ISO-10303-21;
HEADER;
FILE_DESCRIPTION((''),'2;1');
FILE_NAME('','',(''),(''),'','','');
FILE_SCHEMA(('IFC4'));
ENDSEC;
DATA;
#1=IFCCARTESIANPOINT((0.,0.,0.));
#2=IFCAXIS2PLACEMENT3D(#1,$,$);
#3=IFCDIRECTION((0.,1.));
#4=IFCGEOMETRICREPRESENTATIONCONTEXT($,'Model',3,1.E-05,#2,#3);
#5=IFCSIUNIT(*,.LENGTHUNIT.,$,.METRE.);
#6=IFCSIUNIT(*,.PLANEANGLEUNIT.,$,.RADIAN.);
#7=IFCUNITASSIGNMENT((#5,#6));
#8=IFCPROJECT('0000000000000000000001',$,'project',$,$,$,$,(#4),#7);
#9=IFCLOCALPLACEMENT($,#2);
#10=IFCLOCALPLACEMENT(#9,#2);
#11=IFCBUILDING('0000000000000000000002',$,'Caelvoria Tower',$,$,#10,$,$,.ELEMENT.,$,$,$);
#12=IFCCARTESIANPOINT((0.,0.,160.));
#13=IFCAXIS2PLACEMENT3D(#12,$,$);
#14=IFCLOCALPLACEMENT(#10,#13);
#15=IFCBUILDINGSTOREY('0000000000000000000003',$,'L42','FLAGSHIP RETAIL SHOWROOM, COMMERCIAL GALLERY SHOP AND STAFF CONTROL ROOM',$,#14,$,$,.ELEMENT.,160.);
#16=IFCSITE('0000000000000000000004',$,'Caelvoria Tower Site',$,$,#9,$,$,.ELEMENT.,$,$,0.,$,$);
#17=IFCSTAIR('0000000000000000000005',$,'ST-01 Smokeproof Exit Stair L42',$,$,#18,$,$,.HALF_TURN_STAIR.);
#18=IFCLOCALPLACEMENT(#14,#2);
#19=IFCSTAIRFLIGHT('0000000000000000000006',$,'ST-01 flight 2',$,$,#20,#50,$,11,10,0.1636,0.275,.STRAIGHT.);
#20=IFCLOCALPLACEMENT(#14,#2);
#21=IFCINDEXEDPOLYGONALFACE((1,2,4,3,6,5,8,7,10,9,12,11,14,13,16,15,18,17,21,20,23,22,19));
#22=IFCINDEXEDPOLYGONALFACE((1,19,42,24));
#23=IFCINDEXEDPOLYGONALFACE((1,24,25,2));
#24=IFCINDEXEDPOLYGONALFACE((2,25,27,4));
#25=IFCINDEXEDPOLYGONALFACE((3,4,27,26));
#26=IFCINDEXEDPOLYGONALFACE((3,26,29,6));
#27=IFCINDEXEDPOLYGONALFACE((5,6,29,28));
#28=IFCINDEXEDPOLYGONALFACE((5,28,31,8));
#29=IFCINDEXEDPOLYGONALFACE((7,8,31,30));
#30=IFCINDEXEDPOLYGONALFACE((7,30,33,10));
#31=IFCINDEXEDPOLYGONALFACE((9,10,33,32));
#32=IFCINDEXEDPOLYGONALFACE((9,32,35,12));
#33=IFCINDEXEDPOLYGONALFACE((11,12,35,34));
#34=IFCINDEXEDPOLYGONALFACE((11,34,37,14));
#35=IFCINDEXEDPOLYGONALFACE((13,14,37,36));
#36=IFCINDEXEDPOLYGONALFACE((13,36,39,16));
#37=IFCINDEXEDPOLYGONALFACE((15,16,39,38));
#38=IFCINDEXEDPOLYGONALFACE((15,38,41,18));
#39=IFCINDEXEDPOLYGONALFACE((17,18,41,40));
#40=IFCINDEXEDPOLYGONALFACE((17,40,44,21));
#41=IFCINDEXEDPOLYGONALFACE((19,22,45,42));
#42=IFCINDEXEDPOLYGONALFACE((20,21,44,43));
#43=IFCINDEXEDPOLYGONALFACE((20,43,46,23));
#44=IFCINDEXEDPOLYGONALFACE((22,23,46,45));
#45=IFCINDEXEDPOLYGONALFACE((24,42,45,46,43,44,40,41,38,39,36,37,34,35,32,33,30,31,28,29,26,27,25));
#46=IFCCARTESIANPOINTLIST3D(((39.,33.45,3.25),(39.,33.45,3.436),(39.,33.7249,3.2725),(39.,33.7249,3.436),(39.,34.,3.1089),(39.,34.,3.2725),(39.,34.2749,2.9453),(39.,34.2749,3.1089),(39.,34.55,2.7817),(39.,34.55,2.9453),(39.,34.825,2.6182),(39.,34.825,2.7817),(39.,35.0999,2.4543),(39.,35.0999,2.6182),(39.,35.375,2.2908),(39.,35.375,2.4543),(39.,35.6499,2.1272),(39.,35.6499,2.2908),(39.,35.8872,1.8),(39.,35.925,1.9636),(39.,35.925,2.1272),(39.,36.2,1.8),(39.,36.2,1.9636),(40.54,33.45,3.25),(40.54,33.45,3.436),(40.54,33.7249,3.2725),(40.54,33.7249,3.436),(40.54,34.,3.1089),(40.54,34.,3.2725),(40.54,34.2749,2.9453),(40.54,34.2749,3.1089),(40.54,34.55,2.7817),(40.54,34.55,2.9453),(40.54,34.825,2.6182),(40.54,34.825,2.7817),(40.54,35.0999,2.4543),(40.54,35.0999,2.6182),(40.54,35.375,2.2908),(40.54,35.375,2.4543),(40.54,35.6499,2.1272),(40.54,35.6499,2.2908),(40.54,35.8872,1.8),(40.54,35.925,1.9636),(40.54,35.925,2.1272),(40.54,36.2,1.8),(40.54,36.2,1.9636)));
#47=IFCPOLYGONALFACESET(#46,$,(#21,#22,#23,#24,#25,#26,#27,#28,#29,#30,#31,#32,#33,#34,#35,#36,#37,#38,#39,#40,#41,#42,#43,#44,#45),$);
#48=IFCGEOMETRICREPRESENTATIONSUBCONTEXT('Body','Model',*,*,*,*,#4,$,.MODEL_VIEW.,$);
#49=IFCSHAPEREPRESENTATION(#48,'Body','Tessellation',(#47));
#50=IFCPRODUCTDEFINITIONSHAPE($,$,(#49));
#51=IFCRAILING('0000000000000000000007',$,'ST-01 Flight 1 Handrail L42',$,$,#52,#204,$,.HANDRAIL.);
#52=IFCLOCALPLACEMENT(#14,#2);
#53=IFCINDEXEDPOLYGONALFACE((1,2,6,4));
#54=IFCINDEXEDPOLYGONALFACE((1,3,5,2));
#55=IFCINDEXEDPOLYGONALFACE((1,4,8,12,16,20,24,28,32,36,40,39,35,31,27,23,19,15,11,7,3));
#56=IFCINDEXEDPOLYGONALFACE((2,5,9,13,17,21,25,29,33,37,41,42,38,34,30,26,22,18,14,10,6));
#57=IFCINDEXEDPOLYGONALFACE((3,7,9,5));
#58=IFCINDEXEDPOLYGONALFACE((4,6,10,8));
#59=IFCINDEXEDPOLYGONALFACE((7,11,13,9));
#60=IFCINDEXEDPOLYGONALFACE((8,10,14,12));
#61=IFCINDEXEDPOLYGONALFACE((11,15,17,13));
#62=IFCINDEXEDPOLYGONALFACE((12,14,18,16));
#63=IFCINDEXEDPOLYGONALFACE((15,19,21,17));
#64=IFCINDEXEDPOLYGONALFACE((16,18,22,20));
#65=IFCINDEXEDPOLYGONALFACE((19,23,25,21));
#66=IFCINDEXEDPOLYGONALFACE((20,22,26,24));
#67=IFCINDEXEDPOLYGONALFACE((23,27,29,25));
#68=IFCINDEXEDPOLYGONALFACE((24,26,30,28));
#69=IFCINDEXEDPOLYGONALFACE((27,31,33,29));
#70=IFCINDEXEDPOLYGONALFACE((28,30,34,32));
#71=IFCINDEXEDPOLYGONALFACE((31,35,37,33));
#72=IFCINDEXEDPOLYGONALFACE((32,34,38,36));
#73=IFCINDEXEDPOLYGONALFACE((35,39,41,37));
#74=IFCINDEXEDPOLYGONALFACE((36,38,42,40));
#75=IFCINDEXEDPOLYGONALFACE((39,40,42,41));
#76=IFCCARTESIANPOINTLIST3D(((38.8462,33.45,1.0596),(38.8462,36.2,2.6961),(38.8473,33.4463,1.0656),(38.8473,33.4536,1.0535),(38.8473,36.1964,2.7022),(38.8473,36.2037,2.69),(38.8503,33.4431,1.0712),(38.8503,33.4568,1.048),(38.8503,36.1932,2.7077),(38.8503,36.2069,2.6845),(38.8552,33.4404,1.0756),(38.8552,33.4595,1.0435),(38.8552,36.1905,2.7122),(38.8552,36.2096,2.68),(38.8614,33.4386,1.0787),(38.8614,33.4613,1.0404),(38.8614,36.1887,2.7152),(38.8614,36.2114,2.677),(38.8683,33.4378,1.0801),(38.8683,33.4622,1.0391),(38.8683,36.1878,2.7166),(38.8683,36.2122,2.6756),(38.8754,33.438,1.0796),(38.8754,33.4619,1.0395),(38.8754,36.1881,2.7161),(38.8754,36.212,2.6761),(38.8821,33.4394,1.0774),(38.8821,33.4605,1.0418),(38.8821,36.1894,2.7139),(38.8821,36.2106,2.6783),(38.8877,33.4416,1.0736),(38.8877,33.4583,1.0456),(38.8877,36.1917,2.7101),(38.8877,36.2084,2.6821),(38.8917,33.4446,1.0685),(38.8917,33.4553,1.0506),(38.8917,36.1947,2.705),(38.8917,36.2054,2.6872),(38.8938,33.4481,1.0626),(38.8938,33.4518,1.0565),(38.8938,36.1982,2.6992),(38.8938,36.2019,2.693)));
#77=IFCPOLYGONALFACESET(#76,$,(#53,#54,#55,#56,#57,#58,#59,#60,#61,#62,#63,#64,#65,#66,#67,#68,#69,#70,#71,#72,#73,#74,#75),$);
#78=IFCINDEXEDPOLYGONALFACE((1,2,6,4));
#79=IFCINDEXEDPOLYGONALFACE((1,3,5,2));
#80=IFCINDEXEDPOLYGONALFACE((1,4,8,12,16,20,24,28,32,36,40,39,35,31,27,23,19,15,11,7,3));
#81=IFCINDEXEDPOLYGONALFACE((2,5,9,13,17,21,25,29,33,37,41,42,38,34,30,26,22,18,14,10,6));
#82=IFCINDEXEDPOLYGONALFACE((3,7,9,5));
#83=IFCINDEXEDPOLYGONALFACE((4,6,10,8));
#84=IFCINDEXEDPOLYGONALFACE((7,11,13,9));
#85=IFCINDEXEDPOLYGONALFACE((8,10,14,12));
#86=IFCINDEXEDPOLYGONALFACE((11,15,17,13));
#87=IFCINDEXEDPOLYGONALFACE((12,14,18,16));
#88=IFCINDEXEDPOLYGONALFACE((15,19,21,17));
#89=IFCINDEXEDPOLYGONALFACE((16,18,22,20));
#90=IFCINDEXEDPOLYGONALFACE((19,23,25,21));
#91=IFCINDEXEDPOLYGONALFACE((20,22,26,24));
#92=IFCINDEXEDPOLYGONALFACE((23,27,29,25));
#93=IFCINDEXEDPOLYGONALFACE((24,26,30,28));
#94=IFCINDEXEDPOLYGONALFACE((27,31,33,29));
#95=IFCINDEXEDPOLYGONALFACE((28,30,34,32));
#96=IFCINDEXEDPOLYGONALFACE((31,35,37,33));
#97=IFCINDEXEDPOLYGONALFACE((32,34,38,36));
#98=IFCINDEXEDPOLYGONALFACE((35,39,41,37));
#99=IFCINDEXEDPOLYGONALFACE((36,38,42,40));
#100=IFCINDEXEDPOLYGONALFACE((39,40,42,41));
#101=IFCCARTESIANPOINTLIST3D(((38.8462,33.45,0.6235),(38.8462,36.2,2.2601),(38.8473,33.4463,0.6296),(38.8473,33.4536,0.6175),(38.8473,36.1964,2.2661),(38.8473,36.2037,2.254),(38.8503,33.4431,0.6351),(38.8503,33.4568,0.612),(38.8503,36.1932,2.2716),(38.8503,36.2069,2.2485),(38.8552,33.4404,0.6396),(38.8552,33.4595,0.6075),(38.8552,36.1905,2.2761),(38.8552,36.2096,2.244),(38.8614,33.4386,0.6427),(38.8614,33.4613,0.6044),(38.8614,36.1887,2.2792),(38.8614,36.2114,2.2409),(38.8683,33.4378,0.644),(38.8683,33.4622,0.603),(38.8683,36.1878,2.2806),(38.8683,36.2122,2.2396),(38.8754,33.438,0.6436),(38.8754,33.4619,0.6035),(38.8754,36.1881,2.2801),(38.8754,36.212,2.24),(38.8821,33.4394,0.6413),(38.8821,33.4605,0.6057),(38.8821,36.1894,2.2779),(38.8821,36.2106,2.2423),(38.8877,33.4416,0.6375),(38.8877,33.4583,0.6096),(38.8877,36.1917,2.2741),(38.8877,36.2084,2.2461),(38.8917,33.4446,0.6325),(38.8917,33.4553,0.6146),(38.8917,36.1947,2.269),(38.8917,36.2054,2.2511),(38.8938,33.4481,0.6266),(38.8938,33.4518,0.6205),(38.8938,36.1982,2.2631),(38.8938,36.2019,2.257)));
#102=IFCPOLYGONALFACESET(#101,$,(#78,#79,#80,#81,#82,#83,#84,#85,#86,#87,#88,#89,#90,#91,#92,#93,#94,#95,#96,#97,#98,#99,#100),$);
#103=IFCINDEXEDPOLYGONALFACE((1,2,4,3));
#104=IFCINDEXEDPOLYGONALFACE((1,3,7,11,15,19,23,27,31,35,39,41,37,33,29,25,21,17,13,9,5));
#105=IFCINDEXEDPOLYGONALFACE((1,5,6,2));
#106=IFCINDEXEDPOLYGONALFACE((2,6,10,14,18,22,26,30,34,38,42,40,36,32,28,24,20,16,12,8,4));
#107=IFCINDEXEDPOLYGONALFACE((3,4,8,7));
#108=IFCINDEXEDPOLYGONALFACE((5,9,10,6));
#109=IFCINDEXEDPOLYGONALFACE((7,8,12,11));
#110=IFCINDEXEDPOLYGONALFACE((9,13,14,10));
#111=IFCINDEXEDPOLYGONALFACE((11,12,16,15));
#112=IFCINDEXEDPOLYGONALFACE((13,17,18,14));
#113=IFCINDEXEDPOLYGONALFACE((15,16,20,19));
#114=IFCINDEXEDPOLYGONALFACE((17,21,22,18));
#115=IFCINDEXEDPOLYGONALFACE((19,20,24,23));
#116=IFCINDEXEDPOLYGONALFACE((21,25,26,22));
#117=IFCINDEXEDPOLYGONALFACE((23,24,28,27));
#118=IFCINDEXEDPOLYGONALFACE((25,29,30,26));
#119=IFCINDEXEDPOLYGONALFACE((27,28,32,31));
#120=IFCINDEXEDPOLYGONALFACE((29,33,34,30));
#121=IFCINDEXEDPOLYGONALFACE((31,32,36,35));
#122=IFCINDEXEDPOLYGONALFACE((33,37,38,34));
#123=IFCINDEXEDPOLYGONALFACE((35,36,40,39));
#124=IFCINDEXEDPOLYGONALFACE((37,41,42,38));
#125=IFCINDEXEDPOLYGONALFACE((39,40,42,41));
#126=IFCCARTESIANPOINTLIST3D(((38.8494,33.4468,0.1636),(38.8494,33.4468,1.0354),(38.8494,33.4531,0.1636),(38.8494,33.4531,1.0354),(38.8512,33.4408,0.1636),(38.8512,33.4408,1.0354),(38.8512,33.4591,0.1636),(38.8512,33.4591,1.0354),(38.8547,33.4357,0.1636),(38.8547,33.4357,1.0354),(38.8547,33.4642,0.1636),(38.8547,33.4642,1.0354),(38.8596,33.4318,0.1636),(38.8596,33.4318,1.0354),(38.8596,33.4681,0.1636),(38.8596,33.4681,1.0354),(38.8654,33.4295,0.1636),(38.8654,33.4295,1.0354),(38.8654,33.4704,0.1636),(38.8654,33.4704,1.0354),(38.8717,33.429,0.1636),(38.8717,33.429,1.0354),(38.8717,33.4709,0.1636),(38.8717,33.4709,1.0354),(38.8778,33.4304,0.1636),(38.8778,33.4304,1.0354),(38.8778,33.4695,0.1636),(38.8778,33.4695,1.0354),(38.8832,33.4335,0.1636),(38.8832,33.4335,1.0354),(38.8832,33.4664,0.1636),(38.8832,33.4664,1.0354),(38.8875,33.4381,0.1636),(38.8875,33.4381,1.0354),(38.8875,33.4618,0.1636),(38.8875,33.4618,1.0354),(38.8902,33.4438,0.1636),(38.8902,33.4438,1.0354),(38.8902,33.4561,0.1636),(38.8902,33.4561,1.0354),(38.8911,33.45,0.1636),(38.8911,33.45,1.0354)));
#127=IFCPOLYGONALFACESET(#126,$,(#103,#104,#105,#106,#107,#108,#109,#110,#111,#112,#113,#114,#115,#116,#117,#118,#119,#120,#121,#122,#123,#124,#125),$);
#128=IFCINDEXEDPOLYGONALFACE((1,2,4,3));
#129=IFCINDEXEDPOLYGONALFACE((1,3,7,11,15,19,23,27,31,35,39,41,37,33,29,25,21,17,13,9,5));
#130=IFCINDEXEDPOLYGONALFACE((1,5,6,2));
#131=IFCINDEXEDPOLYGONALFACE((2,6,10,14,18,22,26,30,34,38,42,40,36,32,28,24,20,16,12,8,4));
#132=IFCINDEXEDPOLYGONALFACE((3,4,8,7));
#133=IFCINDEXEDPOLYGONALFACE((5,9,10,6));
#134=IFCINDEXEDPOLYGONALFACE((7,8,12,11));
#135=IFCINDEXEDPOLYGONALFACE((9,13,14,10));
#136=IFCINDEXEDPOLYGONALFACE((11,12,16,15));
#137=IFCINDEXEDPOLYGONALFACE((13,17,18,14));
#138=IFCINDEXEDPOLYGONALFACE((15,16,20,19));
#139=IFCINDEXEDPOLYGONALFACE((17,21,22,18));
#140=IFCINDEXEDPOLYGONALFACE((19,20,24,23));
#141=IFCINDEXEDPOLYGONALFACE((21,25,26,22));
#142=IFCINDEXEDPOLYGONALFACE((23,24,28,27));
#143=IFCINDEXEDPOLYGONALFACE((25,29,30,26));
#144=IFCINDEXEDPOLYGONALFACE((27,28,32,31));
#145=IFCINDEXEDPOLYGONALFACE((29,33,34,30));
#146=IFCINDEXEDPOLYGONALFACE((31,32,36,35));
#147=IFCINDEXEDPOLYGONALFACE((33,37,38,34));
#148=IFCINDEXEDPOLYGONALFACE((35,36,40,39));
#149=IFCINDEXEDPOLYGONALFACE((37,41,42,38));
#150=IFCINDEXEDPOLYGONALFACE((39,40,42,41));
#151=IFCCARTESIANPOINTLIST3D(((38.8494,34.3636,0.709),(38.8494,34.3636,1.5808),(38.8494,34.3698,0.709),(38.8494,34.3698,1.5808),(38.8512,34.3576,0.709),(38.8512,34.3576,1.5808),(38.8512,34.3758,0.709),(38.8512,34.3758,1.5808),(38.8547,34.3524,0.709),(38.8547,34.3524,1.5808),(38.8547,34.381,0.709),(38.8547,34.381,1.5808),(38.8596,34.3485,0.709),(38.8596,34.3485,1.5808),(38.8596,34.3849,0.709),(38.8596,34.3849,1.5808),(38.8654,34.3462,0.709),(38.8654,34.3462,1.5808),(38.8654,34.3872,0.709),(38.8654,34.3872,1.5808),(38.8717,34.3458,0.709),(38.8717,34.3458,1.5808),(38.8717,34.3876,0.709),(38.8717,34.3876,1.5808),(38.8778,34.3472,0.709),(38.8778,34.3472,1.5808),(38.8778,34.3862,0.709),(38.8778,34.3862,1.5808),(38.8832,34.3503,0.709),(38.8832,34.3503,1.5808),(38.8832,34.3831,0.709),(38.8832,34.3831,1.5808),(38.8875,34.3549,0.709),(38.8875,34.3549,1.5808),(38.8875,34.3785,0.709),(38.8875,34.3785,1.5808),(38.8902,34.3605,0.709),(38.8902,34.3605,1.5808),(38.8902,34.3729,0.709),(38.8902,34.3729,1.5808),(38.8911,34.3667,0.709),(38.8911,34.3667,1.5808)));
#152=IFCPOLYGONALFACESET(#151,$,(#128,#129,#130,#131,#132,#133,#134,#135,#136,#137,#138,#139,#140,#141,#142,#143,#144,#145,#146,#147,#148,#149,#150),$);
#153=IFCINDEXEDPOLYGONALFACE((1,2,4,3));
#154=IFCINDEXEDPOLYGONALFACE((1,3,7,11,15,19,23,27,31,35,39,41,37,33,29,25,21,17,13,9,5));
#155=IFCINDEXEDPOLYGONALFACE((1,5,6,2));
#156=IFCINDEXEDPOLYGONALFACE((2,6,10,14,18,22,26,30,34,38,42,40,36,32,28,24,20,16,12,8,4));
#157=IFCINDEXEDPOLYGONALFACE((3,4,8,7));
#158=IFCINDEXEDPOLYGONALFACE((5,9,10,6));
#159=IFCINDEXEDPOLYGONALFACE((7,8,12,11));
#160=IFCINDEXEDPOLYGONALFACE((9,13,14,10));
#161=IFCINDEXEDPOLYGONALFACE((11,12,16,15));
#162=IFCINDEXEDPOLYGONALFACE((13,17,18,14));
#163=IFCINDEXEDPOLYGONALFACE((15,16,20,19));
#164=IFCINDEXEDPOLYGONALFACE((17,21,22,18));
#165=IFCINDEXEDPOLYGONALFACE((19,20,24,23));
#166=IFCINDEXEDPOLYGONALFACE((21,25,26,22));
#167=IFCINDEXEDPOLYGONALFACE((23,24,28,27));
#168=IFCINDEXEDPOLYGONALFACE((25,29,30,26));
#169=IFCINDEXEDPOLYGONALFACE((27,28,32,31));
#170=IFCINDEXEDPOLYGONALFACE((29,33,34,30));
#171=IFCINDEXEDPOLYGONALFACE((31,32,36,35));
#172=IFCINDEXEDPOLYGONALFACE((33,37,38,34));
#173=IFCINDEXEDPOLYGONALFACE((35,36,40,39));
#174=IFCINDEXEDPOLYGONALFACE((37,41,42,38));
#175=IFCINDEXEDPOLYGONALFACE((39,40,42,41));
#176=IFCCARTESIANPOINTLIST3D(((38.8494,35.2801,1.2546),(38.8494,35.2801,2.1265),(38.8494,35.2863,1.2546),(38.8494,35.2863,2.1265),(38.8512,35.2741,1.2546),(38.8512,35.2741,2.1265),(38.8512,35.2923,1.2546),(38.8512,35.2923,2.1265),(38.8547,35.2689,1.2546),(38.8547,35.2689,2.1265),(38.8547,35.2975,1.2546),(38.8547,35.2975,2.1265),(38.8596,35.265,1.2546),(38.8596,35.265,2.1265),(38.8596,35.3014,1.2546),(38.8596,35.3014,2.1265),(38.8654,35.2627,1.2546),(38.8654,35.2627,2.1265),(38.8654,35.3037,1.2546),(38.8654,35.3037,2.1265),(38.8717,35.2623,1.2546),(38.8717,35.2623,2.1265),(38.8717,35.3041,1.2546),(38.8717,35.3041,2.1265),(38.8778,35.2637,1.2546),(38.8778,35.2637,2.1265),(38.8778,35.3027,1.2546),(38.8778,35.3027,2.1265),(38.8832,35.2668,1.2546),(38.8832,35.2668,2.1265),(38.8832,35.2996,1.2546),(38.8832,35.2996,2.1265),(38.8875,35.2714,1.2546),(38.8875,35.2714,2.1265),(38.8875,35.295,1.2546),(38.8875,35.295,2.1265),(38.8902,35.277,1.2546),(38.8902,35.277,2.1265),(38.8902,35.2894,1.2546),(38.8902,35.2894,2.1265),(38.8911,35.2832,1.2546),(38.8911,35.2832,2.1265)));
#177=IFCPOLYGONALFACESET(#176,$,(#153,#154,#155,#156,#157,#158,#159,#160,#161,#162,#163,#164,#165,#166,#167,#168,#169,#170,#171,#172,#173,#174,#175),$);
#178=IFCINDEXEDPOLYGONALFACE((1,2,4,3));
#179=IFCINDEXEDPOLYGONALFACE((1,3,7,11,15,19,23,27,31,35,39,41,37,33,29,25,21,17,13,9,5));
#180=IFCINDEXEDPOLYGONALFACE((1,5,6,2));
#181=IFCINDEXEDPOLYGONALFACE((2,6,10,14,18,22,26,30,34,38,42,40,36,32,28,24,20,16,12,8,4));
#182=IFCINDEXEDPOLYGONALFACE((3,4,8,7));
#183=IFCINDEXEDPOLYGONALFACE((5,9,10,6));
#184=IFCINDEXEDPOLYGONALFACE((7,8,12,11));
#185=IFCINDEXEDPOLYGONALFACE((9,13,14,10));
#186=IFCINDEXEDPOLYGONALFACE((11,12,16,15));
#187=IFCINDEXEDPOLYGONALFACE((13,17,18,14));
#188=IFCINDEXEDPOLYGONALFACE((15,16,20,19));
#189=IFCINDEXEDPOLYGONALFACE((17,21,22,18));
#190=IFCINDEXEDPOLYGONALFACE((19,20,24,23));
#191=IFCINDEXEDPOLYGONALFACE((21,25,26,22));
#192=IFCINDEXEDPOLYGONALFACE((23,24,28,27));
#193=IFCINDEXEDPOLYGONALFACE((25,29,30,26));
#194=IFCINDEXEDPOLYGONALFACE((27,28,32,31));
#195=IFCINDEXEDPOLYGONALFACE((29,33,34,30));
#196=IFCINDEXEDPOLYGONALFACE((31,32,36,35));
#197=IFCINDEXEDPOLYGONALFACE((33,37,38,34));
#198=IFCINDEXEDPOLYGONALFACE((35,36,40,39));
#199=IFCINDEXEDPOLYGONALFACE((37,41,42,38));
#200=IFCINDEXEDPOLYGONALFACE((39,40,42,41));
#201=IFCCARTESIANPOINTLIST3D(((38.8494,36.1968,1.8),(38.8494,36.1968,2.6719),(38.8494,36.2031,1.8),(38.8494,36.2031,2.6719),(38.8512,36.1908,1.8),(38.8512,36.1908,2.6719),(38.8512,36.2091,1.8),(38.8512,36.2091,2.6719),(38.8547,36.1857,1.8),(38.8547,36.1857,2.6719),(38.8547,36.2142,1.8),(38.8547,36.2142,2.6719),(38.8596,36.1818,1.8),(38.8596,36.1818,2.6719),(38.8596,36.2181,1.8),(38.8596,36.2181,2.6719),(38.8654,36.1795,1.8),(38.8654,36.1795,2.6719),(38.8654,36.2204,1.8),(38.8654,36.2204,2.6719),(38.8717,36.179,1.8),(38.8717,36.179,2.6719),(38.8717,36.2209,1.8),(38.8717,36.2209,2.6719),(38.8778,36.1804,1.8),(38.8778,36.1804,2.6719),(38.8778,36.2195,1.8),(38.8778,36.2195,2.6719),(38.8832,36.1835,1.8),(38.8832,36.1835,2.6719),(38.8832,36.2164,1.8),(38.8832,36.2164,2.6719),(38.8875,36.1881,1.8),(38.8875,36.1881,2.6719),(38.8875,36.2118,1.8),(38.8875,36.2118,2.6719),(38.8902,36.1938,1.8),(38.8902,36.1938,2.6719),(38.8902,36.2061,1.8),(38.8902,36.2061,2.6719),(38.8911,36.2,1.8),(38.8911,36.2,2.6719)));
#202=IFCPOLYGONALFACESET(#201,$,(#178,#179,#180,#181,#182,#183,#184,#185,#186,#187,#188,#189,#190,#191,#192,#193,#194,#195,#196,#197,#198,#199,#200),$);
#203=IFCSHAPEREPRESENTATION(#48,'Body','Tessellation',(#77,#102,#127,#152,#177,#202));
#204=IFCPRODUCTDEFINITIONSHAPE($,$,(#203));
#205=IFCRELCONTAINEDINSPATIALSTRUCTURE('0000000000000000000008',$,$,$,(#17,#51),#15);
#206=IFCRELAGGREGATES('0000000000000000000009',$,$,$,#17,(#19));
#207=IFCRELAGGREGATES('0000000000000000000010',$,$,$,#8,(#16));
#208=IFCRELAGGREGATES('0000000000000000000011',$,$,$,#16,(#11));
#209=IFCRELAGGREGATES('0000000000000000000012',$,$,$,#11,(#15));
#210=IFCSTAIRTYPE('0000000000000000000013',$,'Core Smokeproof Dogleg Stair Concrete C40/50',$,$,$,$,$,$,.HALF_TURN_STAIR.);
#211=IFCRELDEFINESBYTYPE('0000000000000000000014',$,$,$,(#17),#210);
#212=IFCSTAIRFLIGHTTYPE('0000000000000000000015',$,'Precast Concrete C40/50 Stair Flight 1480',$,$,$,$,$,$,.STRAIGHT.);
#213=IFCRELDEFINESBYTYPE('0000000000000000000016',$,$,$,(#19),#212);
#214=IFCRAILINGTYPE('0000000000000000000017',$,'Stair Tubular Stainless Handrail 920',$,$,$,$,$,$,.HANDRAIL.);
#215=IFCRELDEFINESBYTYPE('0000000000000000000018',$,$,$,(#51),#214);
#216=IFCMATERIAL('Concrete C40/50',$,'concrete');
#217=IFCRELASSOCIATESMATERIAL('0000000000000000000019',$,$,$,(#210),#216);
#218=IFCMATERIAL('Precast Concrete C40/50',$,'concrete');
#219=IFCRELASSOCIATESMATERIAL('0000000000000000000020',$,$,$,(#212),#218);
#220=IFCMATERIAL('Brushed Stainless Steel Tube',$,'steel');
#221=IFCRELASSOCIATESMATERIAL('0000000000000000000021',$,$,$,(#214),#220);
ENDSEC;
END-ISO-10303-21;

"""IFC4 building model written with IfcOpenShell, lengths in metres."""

from ifc_helpers import new_model, si_unit, direction, frame, origin, origin_2d, place, context, subcontext, project, spatial, polyline, circle, outline, extrude, material, type_object, element, aggregate, save


model = new_model("IFC4")

# Units and contexts
model_context = context("Model", 3, precision=1e-05, world=origin(), true_north=direction((0.0, 1.0)))
body_context = subcontext(model_context, "Body", "Model", "MODEL_VIEW")
ifc_project = project(units=[si_unit("LENGTHUNIT", "METRE"), si_unit("PLANEANGLEUNIT", "RADIAN")], contexts=[model_context])

# Site, building, storey
site_placement = place(None, origin())
site = spatial("IfcSite", under=ifc_project, at=site_placement, Name="Caelvoria Tower Site", CompositionType="ELEMENT", RefElevation=0.0)
building_placement = place(site_placement, origin())
building = spatial("IfcBuilding", under=site, at=building_placement, Name="Caelvoria Tower", CompositionType="ELEMENT")
storey_placement = place(building_placement, frame((0.0, 0.0, 160.0)))
storey = spatial("IfcBuildingStorey", under=building, at=storey_placement, Name="L42", Description="FLAGSHIP RETAIL SHOWROOM, COMMERCIAL GALLERY SHOP AND STAFF CONTROL ROOM", CompositionType="ELEMENT", Elevation=160.0)

# Stair, stair flight
ifc_material_1 = material(Name="Concrete C40/50", Category="concrete")
stair_type = type_object("IfcStairType", Name="Core Smokeproof Dogleg Stair Concrete C40/50", PredefinedType="HALF_TURN_STAIR", material=ifc_material_1)
stair_placement = place(storey_placement, origin())
stair = element("IfcStair", 1, at=stair_placement, inside=storey, type_object=stair_type, Name="ST-01 Smokeproof Exit Stair L42", PredefinedType="HALF_TURN_STAIR")
ifc_material_2 = material(Name="Precast Concrete C40/50", Category="concrete")
stair_flight_type = type_object("IfcStairFlightType", Name="Precast Concrete C40/50 Stair Flight 1480", PredefinedType="STRAIGHT", material=ifc_material_2)
stair_flight_1_placement = place(storey_placement, frame((39.77, 36.2, 1.8), z_axis=(0.0, 0.0, 1.0), x_axis=(0.0, -1.0, 0.0)))
stair_flight_1 = element("IfcStairFlight", 2, at=stair_flight_1_placement, type_object=stair_flight_type, Name="ST-01 flight 2", NumberOfRisers=11, NumberOfTreads=10, PredefinedType="STRAIGHT", RiserHeight=0.1636, TreadLength=0.275, context=body_context, shape_type="SweptSolid", body=[
    extrude(outline(polyline([(0.0, 0.0), (0.0, 0.1636), (0.2749, 0.1636), (0.2749, 0.3271), (0.55, 0.3271), (0.55, 0.4907), (0.825, 0.4907), (0.825, 0.6543), (1.1001, 0.6543), (1.1001, 0.8181), (1.375, 0.8181), (1.375, 0.9817), (1.6499, 0.9817), (1.6499, 1.1453), (1.925, 1.1453), (1.925, 1.3088), (2.2, 1.3088), (2.2, 1.4724), (2.4751, 1.4724), (2.4751, 1.636), (2.75, 1.636), (2.75, 1.7996), (2.75, 1.45), (0.3127, 0.0), (0.0, 0.0)])), frame((0.0, 0.77, 0.0), z_axis=(0.0, -1.0, 0.0), x_axis=(1.0, 0.0, 0.0)), (0.0, 0.0, 1.0), 1.54),
])
aggregate(stair, [stair_flight_1])

# Railing
ifc_material_3 = material(Name="Brushed Stainless Steel Tube", Category="steel")
railing_type_1 = type_object("IfcRailingType", Name="Stair Tubular Stainless Handrail 920", PredefinedType="HANDRAIL", material=ifc_material_3)
railing_1_placement = place(storey_placement, frame((38.8701, 33.45, 0.1636)))
element("IfcRailing", 3, at=railing_1_placement, inside=storey, type_object=railing_type_1, Name="ST-01 Flight 1 Handrail L42", PredefinedType="HANDRAIL", context=body_context, shape_type="SweptSolid", body=[
    extrude(circle(Radius=0.0239, at=origin_2d()), frame((0.0, 0.0, 0.896), z_axis=(0.0, 0.859352, 0.511385), x_axis=(-1.0, 0.0, 0.0)), (0.0, 0.0, 1.0), 3.2002),
    extrude(circle(Radius=0.0239, at=origin_2d()), frame((0.0, 0.0, 0.46), z_axis=(0.0, 0.859352, 0.511385), x_axis=(-1.0, 0.0, 0.0)), (0.0, 0.0, 1.0), 3.2002),
    extrude(circle(Radius=0.021, at=origin_2d()), origin(), (0.0, 0.0, 1.0), 0.8718),
    extrude(circle(Radius=0.021, at=origin_2d()), frame((0.0, 0.9167, 0.5454)), (0.0, 0.0, 1.0), 0.8718),
    extrude(circle(Radius=0.021, at=origin_2d()), frame((0.0, 1.8333, 1.0911)), (0.0, 0.0, 1.0), 0.8718),
    extrude(circle(Radius=0.021, at=origin_2d()), frame((0.0, 2.75, 1.6365)), (0.0, 0.0, 1.0), 0.8718),
])

save(model, "model.ifc")
